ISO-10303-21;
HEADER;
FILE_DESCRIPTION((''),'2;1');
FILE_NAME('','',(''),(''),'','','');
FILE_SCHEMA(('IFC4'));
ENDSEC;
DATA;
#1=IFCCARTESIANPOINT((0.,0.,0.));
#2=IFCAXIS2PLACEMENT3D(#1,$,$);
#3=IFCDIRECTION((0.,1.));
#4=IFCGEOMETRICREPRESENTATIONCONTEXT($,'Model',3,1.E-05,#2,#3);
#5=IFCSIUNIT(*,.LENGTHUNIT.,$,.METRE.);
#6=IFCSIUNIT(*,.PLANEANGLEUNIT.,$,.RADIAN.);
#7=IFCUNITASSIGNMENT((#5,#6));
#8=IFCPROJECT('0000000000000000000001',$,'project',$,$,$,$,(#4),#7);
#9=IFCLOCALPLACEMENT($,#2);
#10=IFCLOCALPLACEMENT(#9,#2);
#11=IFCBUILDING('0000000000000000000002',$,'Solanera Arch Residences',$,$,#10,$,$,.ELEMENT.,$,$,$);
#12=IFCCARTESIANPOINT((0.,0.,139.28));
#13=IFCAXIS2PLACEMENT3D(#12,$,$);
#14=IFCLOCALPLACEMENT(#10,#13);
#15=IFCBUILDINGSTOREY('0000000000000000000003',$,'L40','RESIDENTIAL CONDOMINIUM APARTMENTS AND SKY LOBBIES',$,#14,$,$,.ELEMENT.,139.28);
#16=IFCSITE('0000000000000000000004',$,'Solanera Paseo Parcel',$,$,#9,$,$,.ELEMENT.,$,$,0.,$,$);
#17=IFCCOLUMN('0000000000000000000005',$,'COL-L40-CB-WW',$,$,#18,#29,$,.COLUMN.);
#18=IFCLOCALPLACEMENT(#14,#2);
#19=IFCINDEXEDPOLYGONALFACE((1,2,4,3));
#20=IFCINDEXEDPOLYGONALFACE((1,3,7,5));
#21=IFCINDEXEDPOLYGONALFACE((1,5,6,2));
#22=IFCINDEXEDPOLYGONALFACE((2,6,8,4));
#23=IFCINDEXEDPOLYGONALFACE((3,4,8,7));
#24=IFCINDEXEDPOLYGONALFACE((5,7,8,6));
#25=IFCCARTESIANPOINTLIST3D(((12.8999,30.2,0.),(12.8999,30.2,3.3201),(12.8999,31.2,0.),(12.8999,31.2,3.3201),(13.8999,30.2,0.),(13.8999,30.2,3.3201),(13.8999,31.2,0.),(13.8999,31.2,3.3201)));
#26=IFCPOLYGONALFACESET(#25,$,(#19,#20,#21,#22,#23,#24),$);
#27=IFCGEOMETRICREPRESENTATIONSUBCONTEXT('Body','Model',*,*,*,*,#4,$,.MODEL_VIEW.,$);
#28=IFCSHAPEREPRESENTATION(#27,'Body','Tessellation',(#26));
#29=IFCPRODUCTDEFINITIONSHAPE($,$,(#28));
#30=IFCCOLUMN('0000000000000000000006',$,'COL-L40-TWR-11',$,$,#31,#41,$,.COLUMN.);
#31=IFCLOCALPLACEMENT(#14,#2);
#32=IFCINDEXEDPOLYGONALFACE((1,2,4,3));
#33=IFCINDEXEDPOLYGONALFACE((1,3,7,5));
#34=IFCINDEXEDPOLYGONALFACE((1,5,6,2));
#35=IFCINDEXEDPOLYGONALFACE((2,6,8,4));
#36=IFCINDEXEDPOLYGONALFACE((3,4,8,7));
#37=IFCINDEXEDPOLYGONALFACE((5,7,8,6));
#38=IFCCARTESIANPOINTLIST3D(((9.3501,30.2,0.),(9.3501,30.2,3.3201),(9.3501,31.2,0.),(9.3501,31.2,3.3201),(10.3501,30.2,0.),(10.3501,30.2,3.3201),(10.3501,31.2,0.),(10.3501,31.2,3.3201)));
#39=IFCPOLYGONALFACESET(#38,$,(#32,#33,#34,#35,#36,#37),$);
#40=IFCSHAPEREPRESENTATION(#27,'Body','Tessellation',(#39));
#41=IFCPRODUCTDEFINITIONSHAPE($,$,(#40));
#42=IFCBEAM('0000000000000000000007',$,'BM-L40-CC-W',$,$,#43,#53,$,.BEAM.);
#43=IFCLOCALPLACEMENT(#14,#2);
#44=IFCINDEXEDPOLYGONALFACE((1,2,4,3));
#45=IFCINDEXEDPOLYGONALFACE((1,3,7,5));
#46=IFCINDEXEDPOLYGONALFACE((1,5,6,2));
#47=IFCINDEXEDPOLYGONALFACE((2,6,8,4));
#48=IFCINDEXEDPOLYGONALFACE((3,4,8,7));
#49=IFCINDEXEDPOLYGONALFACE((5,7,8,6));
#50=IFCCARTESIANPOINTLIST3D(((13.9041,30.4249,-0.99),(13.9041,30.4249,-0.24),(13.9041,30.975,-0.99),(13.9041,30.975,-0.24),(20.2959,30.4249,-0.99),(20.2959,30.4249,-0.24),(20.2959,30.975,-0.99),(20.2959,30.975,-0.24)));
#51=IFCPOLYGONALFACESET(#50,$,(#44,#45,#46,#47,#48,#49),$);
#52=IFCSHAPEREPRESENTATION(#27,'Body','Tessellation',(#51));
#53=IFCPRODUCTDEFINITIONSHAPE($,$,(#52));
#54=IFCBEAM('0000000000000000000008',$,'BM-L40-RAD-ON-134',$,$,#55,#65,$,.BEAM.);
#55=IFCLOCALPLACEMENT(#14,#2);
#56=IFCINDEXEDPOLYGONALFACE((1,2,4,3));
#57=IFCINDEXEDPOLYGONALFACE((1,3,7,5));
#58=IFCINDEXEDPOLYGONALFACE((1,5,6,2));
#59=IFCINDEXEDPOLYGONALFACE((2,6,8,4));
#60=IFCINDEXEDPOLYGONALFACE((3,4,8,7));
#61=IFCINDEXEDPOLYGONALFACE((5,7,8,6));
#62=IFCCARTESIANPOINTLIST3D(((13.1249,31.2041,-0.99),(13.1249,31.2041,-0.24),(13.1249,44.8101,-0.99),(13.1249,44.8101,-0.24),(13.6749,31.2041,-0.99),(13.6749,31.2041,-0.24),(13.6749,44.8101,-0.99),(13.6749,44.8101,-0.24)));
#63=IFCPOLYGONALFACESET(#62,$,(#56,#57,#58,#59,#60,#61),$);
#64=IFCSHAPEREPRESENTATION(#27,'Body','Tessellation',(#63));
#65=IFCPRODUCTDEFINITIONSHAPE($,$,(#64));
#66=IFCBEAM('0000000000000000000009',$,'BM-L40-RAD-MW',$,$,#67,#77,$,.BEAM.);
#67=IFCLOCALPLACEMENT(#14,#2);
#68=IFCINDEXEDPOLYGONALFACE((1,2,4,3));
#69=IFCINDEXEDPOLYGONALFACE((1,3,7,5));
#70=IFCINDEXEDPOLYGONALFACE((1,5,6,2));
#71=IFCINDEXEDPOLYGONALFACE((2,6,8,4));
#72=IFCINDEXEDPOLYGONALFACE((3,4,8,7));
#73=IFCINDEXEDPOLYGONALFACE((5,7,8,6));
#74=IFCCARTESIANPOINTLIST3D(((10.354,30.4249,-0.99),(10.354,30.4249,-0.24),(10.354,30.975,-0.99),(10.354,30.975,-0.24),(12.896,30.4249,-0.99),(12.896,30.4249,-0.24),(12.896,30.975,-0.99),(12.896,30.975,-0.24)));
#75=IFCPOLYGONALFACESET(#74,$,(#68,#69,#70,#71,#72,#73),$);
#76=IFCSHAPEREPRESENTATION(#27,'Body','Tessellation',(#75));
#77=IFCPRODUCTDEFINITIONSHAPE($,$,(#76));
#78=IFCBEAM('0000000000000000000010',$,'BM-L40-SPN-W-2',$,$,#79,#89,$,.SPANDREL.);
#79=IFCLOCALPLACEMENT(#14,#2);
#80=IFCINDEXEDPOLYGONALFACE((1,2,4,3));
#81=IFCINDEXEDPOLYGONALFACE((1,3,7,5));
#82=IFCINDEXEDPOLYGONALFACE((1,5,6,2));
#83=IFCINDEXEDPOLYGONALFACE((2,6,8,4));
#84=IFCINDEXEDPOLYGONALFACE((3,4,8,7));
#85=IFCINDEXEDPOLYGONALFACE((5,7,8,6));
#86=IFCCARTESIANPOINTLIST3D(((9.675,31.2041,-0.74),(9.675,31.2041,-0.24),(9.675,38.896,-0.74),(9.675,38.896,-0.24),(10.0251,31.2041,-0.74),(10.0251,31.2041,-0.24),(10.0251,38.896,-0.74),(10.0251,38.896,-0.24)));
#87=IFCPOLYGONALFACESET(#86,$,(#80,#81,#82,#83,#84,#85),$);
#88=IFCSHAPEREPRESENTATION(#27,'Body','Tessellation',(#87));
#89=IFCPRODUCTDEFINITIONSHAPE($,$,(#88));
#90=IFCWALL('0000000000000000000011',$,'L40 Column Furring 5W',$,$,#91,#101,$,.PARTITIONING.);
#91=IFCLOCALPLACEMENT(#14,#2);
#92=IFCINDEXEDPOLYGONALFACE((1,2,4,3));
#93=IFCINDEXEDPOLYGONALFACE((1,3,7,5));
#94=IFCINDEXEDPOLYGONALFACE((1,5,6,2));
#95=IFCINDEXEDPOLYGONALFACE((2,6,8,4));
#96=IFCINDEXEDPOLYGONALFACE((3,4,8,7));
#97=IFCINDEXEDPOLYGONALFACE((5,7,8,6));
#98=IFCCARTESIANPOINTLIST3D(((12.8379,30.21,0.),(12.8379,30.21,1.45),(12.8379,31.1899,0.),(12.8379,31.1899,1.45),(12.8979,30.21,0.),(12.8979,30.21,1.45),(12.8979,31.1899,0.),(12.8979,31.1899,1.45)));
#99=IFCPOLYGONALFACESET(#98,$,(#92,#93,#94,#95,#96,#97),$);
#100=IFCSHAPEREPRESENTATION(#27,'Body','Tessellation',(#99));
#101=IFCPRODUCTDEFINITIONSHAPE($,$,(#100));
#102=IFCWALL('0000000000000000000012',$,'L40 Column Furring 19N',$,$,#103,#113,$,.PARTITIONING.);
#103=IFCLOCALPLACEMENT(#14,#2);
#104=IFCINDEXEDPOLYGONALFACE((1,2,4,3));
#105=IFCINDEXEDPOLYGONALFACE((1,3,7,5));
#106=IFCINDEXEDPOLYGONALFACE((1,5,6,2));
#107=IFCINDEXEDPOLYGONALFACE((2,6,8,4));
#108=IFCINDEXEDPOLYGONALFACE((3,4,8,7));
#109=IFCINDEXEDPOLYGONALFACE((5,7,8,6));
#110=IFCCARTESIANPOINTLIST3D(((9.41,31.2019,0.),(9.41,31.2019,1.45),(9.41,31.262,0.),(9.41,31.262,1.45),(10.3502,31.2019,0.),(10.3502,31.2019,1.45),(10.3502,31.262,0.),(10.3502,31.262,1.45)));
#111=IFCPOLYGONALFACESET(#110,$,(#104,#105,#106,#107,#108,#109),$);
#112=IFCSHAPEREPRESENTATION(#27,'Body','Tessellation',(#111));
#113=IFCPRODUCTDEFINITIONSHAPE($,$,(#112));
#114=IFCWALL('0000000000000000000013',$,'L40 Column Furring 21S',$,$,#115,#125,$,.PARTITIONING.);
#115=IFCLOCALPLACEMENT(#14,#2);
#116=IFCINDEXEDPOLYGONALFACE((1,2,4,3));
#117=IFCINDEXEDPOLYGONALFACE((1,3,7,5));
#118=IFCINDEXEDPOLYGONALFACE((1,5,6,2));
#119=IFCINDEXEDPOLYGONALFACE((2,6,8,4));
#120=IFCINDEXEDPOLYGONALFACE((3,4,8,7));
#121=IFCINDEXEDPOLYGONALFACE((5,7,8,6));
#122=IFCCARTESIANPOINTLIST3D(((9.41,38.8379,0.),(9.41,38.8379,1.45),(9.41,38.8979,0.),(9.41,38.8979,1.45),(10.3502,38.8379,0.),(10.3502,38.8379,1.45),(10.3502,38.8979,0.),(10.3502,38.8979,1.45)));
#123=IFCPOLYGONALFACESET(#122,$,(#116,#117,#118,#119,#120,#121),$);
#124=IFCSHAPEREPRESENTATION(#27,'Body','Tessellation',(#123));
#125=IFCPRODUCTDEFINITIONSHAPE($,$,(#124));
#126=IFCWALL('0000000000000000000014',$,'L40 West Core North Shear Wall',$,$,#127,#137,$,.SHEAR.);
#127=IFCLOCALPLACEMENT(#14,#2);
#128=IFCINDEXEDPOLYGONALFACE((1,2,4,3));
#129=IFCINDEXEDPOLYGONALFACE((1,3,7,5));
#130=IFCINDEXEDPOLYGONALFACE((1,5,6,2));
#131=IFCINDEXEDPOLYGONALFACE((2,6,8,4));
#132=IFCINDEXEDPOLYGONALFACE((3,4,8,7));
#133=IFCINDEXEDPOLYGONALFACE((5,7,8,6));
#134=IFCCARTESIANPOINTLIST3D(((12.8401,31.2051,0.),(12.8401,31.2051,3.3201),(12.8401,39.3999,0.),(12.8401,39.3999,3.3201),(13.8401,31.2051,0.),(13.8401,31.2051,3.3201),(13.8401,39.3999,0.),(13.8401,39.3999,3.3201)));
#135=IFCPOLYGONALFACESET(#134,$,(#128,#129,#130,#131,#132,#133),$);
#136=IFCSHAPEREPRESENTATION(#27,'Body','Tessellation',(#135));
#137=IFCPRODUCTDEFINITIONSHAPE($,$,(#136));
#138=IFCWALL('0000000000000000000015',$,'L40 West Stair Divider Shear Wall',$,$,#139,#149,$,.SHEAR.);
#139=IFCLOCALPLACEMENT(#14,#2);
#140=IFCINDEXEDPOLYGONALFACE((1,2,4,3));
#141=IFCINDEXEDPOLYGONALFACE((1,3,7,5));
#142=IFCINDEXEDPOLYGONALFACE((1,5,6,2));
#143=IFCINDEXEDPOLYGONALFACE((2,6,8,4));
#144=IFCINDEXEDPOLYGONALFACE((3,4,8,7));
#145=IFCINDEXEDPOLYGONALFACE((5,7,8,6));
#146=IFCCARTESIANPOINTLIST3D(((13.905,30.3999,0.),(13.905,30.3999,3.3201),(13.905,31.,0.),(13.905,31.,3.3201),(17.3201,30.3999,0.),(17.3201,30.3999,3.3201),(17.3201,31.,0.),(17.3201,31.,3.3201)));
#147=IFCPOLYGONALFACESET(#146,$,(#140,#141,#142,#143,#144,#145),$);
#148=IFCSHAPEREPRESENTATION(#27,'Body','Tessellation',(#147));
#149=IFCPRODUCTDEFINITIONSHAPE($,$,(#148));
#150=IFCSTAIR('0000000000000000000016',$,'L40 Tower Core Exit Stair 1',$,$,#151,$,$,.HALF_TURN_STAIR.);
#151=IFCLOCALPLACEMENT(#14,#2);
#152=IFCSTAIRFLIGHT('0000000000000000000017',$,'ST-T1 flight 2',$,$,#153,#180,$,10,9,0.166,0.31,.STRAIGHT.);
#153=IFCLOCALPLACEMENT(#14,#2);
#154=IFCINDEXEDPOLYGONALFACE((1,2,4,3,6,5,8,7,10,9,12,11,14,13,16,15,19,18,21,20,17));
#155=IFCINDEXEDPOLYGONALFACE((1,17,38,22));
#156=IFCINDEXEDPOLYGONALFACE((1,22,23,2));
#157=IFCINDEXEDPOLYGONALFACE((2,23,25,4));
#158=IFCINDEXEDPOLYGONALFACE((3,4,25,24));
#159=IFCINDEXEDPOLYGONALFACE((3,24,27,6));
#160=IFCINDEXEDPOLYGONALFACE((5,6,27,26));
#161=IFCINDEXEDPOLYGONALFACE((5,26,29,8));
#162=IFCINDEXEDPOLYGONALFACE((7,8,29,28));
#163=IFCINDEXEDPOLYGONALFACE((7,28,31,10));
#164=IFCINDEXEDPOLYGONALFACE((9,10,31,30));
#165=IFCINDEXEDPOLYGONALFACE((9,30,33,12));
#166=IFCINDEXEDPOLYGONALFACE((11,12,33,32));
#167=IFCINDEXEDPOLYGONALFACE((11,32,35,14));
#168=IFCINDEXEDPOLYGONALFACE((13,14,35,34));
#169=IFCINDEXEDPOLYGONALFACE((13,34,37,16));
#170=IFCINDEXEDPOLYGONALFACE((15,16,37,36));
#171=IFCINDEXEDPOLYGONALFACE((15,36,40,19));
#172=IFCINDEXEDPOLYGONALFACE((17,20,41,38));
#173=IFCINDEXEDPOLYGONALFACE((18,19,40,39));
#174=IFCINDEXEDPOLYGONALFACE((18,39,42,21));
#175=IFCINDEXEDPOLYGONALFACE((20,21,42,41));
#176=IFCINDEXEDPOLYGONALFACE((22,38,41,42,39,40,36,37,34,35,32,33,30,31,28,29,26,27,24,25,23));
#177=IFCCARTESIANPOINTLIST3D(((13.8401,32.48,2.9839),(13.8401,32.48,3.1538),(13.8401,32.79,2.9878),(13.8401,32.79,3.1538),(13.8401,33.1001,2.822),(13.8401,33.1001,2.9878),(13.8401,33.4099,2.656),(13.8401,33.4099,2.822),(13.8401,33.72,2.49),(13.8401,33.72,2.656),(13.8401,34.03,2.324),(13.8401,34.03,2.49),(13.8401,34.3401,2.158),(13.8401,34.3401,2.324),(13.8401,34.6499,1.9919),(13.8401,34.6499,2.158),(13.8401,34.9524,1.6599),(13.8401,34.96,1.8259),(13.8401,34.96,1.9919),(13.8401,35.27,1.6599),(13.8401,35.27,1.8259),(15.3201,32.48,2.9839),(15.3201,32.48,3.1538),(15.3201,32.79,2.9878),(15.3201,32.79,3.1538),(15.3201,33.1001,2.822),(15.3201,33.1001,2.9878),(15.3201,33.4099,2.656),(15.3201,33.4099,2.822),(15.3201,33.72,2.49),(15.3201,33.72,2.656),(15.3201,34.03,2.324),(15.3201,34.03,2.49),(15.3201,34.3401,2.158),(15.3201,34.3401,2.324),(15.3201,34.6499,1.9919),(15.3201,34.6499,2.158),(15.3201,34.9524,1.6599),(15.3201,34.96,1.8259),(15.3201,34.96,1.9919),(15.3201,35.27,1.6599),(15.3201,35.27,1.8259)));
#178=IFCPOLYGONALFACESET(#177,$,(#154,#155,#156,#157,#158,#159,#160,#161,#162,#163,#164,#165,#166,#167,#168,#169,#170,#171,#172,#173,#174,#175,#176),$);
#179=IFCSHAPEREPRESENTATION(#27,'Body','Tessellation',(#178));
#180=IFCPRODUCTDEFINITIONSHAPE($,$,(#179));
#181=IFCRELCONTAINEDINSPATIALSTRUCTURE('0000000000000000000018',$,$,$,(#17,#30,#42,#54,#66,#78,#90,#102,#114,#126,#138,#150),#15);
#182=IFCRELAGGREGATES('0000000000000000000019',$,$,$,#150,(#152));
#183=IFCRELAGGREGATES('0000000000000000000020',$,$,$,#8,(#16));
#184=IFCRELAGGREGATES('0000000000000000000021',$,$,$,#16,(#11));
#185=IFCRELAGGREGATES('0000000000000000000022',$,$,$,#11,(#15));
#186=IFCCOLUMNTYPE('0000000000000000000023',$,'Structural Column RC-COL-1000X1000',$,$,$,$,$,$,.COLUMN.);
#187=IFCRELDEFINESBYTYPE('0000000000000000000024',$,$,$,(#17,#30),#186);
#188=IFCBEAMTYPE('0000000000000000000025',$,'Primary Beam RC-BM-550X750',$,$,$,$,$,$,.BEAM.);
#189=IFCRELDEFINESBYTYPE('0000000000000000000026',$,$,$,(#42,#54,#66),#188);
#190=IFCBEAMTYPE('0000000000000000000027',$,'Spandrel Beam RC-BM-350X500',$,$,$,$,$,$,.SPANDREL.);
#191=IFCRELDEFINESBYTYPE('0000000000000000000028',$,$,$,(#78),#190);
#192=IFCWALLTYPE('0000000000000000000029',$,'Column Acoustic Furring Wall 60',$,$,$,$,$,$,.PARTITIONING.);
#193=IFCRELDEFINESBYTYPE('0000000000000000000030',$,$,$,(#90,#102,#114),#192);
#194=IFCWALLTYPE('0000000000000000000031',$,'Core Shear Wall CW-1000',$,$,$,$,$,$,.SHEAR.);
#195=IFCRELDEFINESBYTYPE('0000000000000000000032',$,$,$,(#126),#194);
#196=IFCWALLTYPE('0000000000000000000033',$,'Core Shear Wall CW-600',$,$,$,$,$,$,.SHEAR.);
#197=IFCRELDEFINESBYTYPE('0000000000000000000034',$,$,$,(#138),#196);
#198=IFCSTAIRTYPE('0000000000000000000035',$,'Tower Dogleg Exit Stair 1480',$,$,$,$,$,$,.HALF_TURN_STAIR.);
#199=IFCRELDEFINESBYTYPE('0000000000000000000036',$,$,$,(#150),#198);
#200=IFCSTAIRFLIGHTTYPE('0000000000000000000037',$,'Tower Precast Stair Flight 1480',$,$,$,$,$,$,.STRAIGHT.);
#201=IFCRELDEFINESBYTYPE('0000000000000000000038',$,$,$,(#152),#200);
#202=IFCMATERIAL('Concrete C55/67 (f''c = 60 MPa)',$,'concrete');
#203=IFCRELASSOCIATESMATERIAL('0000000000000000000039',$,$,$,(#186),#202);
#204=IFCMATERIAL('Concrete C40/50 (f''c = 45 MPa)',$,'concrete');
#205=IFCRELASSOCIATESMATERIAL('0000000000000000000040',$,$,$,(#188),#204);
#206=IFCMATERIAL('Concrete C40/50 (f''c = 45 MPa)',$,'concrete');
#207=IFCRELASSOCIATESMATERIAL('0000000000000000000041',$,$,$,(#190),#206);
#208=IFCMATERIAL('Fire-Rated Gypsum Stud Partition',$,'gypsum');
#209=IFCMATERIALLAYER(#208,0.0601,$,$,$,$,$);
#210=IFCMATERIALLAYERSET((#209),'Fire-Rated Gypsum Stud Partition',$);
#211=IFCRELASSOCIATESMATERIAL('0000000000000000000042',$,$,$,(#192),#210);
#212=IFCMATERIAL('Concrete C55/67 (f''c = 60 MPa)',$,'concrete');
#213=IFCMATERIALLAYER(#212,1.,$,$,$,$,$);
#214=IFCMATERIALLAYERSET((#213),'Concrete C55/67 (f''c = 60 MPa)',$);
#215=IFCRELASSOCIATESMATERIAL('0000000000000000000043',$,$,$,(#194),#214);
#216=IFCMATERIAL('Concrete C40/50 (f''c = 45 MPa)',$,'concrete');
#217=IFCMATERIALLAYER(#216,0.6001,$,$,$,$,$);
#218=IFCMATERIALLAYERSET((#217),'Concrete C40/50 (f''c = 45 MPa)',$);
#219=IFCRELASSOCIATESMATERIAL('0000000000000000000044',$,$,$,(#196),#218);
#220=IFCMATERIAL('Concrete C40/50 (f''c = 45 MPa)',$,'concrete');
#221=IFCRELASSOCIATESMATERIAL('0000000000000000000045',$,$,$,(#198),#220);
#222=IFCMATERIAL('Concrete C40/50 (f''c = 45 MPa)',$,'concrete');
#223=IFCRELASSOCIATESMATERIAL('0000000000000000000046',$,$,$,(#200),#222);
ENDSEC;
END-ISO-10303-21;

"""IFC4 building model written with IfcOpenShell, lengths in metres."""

from ifc_helpers import new_model, si_unit, direction, frame, frame_2d, origin, origin_2d, place, context, subcontext, project, spatial, polyline, rectangle, outline, extrude, material, layer, layer_set, material_profile, profile_set, type_object, element, aggregate, save


model = new_model("IFC4")

# Units and contexts
model_context = context("Model", 3, precision=1e-05, world=origin(), true_north=direction((0.0, 1.0)))
body_context = subcontext(model_context, "Body", "Model", "MODEL_VIEW")
ifc_project = project(units=[si_unit("LENGTHUNIT", "METRE"), si_unit("PLANEANGLEUNIT", "RADIAN")], contexts=[model_context])

# Site, building, storey
site_placement = place(None, origin())
site = spatial("IfcSite", under=ifc_project, at=site_placement, Name="Solanera Paseo Parcel", CompositionType="ELEMENT", RefElevation=0.0)
building_placement = place(site_placement, origin())
building = spatial("IfcBuilding", under=site, at=building_placement, Name="Solanera Arch Residences", CompositionType="ELEMENT")
storey_placement = place(building_placement, frame((0.0, 0.0, 139.28)))
storey = spatial("IfcBuildingStorey", under=building, at=storey_placement, Name="L40", Description="RESIDENTIAL CONDOMINIUM APARTMENTS AND SKY LOBBIES", CompositionType="ELEMENT", Elevation=139.28)

# Columns
ifc_material_1 = material(Name="Concrete C55/67 (f'c = 60 MPa)", Category="concrete")
ifc_material_profile_1 = material_profile(ifc_material_1, rectangle(XDim=1.0, YDim=1.0, at=origin_2d()))
ifc_profile_set_1 = profile_set([ifc_material_profile_1], Name="Concrete C55/67 (f'c = 60 MPa)")
column_type = type_object("IfcColumnType", Name="Structural Column RC-COL-1000X1000", PredefinedType="COLUMN", material=ifc_profile_set_1)
for number, where, z_axis, x_axis, name in (
    (1, (13.3999, 30.7, 0.0), (0.0, 0.0, 1.0), (1.0, 0.0, 0.0), "COL-L40-CB-WW"),
    (2, (9.8501, 30.7, 0.0), (0.0, 0.0, 1.0), (1.0, 0.0, 0.0), "COL-L40-TWR-11"),
):
    element("IfcColumn", number, at=place(storey_placement, frame(where, z_axis=z_axis, x_axis=x_axis)), inside=storey, type_object=column_type, Name=name, PredefinedType="COLUMN", context=body_context, shape_type="SweptSolid", body=[
        extrude(rectangle(XDim=1.0, YDim=1.0, at=origin_2d()), origin(), (0.0, 0.0, 1.0), 3.3201),
    ])

# Beams
ifc_material_2 = material(Name="Concrete C40/50 (f'c = 45 MPa)", Category="concrete")
ifc_material_profile_2 = material_profile(ifc_material_2, rectangle(XDim=0.55, YDim=0.75, at=origin_2d()))
ifc_profile_set_2 = profile_set([ifc_material_profile_2], Name="Concrete C40/50 (f'c = 45 MPa)")
beam_type_1 = type_object("IfcBeamType", Name="Primary Beam RC-BM-550X750", PredefinedType="BEAM", material=ifc_profile_set_2)
beam_1_placement = place(storey_placement, frame((13.9041, 30.7, -0.615), z_axis=(1.0, 0.0, 0.0), x_axis=(0.0, 1.0, 0.0)))
element("IfcBeam", 3, at=beam_1_placement, inside=storey, type_object=beam_type_1, Name="BM-L40-CC-W", PredefinedType="BEAM", context=body_context, shape_type="SweptSolid", body=[
    extrude(rectangle(XDim=0.55, YDim=0.75, at=origin_2d()), origin(), (0.0, 0.0, 1.0), 6.3918),
])
beam_2_placement = place(storey_placement, frame((13.3999, 31.2041, -0.615), z_axis=(0.0, 1.0, 0.0), x_axis=(-1.0, 0.0, 0.0)))
element("IfcBeam", 4, at=beam_2_placement, inside=storey, type_object=beam_type_1, Name="BM-L40-RAD-ON-134", PredefinedType="BEAM", context=body_context, shape_type="SweptSolid", body=[
    extrude(rectangle(XDim=0.55, YDim=0.75, at=origin_2d()), origin(), (0.0, 0.0, 1.0), 13.606),
])
beam_3_placement = place(storey_placement, frame((10.354, 30.7, -0.615), z_axis=(1.0, 0.0, 0.0), x_axis=(0.0, 1.0, 0.0)))
element("IfcBeam", 5, at=beam_3_placement, inside=storey, type_object=beam_type_1, Name="BM-L40-RAD-MW", PredefinedType="BEAM", context=body_context, shape_type="SweptSolid", body=[
    extrude(rectangle(XDim=0.55, YDim=0.75, at=origin_2d()), origin(), (0.0, 0.0, 1.0), 2.542),
])
ifc_material_3 = material(Name="Concrete C40/50 (f'c = 45 MPa)", Category="concrete")
ifc_material_profile_3 = material_profile(ifc_material_3, rectangle(XDim=0.3501, YDim=0.5, at=origin_2d()))
ifc_profile_set_3 = profile_set([ifc_material_profile_3], Name="Concrete C40/50 (f'c = 45 MPa)")
beam_type_2 = type_object("IfcBeamType", Name="Spandrel Beam RC-BM-350X500", PredefinedType="SPANDREL", material=ifc_profile_set_3)
beam_4_placement = place(storey_placement, frame((9.8501, 31.2041, -0.49), z_axis=(0.0, 1.0, 0.0), x_axis=(-1.0, 0.0, 0.0)))
element("IfcBeam", 6, at=beam_4_placement, inside=storey, type_object=beam_type_2, Name="BM-L40-SPN-W-2", PredefinedType="SPANDREL", context=body_context, shape_type="SweptSolid", body=[
    extrude(rectangle(XDim=0.3501, YDim=0.5, at=origin_2d()), origin(), (0.0, 0.0, 1.0), 7.6919),
])

# Walls
ifc_material_4 = material(Name="Fire-Rated Gypsum Stud Partition", Category="gypsum")
ifc_layer_1 = layer(ifc_material_4, 0.0601)
ifc_layer_set_1 = layer_set([ifc_layer_1], Name="Fire-Rated Gypsum Stud Partition")
wall_type_1 = type_object("IfcWallType", Name="Column Acoustic Furring Wall 60", PredefinedType="PARTITIONING", material=ifc_layer_set_1)
wall_1_placement = place(storey_placement, frame((12.8679, 30.21, 0.0), z_axis=(0.0, 0.0, 1.0), x_axis=(0.0, 1.0, 0.0)))
element("IfcWall", 7, at=wall_1_placement, inside=storey, type_object=wall_type_1, Name="L40 Column Furring 5W", PredefinedType="PARTITIONING", context=body_context, shape_type="SweptSolid", body=[
    extrude(rectangle(XDim=0.98, YDim=0.0601, at=frame_2d((0.49, 0.0))), origin(), (0.0, 0.0, 1.0), 1.45),
])
for number, where, z_axis, x_axis, name in (
    (8, (9.4099, 31.2319, 0.0), (0.0, 0.0, 1.0), (1.0, 0.0, 0.0), "L40 Column Furring 19N"),
    (9, (9.4099, 38.8679, 0.0), (0.0, 0.0, 1.0), (1.0, 0.0, 0.0), "L40 Column Furring 21S"),
):
    element("IfcWall", number, at=place(storey_placement, frame(where, z_axis=z_axis, x_axis=x_axis)), inside=storey, type_object=wall_type_1, Name=name, PredefinedType="PARTITIONING", context=body_context, shape_type="SweptSolid", body=[
        extrude(rectangle(XDim=0.9402, YDim=0.0601, at=frame_2d((0.4702, 0.0))), origin(), (0.0, 0.0, 1.0), 1.45),
    ])
ifc_material_5 = material(Name="Concrete C55/67 (f'c = 60 MPa)", Category="concrete")
ifc_layer_2 = layer(ifc_material_5, 1.0)
ifc_layer_set_2 = layer_set([ifc_layer_2], Name="Concrete C55/67 (f'c = 60 MPa)")
wall_type_2 = type_object("IfcWallType", Name="Core Shear Wall CW-1000", PredefinedType="SHEAR", material=ifc_layer_set_2)
wall_2_placement = place(storey_placement, frame((13.3401, 31.2051, 0.0), z_axis=(0.0, 0.0, 1.0), x_axis=(0.0, 1.0, 0.0)))
element("IfcWall", 10, at=wall_2_placement, inside=storey, type_object=wall_type_2, Name="L40 West Core North Shear Wall", PredefinedType="SHEAR", context=body_context, shape_type="SweptSolid", body=[
    extrude(rectangle(XDim=8.1948, YDim=1.0, at=frame_2d((4.0974, 0.0))), origin(), (0.0, 0.0, 1.0), 3.3201),
])
ifc_material_6 = material(Name="Concrete C40/50 (f'c = 45 MPa)", Category="concrete")
ifc_layer_3 = layer(ifc_material_6, 0.6001)
ifc_layer_set_3 = layer_set([ifc_layer_3], Name="Concrete C40/50 (f'c = 45 MPa)")
wall_type_3 = type_object("IfcWallType", Name="Core Shear Wall CW-600", PredefinedType="SHEAR", material=ifc_layer_set_3)
wall_3_placement = place(storey_placement, frame((13.905, 30.7, 0.0), z_axis=(0.0, 0.0, 1.0), x_axis=(1.0, 0.0, 0.0)))
element("IfcWall", 11, at=wall_3_placement, inside=storey, type_object=wall_type_3, Name="L40 West Stair Divider Shear Wall", PredefinedType="SHEAR", context=body_context, shape_type="SweptSolid", body=[
    extrude(rectangle(XDim=3.415, YDim=0.6001, at=frame_2d((1.7075, 0.0))), origin(), (0.0, 0.0, 1.0), 3.3201),
])

# Stair, stair flight
ifc_material_7 = material(Name="Concrete C40/50 (f'c = 45 MPa)", Category="concrete")
stair_type = type_object("IfcStairType", Name="Tower Dogleg Exit Stair 1480", PredefinedType="HALF_TURN_STAIR", material=ifc_material_7)
stair_placement = place(storey_placement, origin())
stair = element("IfcStair", 12, at=stair_placement, inside=storey, type_object=stair_type, Name="L40 Tower Core Exit Stair 1", PredefinedType="HALF_TURN_STAIR")
ifc_material_8 = material(Name="Concrete C40/50 (f'c = 45 MPa)", Category="concrete")
stair_flight_type = type_object("IfcStairFlightType", Name="Tower Precast Stair Flight 1480", PredefinedType="STRAIGHT", material=ifc_material_8)
stair_flight_placement = place(storey_placement, frame((14.5801, 35.27, 1.6599), z_axis=(0.0, 0.0, 1.0), x_axis=(0.0, -1.0, 0.0)))
stair_flight = element("IfcStairFlight", 13, at=stair_flight_placement, type_object=stair_flight_type, Name="ST-T1 flight 2", NumberOfRisers=10, NumberOfTreads=9, PredefinedType="STRAIGHT", RiserHeight=0.166, TreadLength=0.31, context=body_context, shape_type="SweptSolid", body=[
    extrude(outline(polyline([(0.0, 0.0), (0.0, 0.166), (0.3101, 0.166), (0.3101, 0.332), (0.6201, 0.332), (0.6201, 0.498), (0.9299, 0.498), (0.9299, 0.6641), (1.24, 0.6641), (1.24, 0.8301), (1.55, 0.8301), (1.55, 0.9961), (1.8601, 0.9961), (1.8601, 1.1621), (2.1699, 1.1621), (2.1699, 1.3279), (2.48, 1.3279), (2.48, 1.4939), (2.79, 1.4939), (2.79, 1.6599), (2.79, 1.324), (0.3176, 0.0), (0.0, 0.0)])), frame((0.0, 0.74, 0.0), z_axis=(0.0, -1.0, 0.0), x_axis=(1.0, 0.0, 0.0)), (0.0, 0.0, 1.0), 1.48),
])
aggregate(stair, [stair_flight])

save(model, "model.ifc")
